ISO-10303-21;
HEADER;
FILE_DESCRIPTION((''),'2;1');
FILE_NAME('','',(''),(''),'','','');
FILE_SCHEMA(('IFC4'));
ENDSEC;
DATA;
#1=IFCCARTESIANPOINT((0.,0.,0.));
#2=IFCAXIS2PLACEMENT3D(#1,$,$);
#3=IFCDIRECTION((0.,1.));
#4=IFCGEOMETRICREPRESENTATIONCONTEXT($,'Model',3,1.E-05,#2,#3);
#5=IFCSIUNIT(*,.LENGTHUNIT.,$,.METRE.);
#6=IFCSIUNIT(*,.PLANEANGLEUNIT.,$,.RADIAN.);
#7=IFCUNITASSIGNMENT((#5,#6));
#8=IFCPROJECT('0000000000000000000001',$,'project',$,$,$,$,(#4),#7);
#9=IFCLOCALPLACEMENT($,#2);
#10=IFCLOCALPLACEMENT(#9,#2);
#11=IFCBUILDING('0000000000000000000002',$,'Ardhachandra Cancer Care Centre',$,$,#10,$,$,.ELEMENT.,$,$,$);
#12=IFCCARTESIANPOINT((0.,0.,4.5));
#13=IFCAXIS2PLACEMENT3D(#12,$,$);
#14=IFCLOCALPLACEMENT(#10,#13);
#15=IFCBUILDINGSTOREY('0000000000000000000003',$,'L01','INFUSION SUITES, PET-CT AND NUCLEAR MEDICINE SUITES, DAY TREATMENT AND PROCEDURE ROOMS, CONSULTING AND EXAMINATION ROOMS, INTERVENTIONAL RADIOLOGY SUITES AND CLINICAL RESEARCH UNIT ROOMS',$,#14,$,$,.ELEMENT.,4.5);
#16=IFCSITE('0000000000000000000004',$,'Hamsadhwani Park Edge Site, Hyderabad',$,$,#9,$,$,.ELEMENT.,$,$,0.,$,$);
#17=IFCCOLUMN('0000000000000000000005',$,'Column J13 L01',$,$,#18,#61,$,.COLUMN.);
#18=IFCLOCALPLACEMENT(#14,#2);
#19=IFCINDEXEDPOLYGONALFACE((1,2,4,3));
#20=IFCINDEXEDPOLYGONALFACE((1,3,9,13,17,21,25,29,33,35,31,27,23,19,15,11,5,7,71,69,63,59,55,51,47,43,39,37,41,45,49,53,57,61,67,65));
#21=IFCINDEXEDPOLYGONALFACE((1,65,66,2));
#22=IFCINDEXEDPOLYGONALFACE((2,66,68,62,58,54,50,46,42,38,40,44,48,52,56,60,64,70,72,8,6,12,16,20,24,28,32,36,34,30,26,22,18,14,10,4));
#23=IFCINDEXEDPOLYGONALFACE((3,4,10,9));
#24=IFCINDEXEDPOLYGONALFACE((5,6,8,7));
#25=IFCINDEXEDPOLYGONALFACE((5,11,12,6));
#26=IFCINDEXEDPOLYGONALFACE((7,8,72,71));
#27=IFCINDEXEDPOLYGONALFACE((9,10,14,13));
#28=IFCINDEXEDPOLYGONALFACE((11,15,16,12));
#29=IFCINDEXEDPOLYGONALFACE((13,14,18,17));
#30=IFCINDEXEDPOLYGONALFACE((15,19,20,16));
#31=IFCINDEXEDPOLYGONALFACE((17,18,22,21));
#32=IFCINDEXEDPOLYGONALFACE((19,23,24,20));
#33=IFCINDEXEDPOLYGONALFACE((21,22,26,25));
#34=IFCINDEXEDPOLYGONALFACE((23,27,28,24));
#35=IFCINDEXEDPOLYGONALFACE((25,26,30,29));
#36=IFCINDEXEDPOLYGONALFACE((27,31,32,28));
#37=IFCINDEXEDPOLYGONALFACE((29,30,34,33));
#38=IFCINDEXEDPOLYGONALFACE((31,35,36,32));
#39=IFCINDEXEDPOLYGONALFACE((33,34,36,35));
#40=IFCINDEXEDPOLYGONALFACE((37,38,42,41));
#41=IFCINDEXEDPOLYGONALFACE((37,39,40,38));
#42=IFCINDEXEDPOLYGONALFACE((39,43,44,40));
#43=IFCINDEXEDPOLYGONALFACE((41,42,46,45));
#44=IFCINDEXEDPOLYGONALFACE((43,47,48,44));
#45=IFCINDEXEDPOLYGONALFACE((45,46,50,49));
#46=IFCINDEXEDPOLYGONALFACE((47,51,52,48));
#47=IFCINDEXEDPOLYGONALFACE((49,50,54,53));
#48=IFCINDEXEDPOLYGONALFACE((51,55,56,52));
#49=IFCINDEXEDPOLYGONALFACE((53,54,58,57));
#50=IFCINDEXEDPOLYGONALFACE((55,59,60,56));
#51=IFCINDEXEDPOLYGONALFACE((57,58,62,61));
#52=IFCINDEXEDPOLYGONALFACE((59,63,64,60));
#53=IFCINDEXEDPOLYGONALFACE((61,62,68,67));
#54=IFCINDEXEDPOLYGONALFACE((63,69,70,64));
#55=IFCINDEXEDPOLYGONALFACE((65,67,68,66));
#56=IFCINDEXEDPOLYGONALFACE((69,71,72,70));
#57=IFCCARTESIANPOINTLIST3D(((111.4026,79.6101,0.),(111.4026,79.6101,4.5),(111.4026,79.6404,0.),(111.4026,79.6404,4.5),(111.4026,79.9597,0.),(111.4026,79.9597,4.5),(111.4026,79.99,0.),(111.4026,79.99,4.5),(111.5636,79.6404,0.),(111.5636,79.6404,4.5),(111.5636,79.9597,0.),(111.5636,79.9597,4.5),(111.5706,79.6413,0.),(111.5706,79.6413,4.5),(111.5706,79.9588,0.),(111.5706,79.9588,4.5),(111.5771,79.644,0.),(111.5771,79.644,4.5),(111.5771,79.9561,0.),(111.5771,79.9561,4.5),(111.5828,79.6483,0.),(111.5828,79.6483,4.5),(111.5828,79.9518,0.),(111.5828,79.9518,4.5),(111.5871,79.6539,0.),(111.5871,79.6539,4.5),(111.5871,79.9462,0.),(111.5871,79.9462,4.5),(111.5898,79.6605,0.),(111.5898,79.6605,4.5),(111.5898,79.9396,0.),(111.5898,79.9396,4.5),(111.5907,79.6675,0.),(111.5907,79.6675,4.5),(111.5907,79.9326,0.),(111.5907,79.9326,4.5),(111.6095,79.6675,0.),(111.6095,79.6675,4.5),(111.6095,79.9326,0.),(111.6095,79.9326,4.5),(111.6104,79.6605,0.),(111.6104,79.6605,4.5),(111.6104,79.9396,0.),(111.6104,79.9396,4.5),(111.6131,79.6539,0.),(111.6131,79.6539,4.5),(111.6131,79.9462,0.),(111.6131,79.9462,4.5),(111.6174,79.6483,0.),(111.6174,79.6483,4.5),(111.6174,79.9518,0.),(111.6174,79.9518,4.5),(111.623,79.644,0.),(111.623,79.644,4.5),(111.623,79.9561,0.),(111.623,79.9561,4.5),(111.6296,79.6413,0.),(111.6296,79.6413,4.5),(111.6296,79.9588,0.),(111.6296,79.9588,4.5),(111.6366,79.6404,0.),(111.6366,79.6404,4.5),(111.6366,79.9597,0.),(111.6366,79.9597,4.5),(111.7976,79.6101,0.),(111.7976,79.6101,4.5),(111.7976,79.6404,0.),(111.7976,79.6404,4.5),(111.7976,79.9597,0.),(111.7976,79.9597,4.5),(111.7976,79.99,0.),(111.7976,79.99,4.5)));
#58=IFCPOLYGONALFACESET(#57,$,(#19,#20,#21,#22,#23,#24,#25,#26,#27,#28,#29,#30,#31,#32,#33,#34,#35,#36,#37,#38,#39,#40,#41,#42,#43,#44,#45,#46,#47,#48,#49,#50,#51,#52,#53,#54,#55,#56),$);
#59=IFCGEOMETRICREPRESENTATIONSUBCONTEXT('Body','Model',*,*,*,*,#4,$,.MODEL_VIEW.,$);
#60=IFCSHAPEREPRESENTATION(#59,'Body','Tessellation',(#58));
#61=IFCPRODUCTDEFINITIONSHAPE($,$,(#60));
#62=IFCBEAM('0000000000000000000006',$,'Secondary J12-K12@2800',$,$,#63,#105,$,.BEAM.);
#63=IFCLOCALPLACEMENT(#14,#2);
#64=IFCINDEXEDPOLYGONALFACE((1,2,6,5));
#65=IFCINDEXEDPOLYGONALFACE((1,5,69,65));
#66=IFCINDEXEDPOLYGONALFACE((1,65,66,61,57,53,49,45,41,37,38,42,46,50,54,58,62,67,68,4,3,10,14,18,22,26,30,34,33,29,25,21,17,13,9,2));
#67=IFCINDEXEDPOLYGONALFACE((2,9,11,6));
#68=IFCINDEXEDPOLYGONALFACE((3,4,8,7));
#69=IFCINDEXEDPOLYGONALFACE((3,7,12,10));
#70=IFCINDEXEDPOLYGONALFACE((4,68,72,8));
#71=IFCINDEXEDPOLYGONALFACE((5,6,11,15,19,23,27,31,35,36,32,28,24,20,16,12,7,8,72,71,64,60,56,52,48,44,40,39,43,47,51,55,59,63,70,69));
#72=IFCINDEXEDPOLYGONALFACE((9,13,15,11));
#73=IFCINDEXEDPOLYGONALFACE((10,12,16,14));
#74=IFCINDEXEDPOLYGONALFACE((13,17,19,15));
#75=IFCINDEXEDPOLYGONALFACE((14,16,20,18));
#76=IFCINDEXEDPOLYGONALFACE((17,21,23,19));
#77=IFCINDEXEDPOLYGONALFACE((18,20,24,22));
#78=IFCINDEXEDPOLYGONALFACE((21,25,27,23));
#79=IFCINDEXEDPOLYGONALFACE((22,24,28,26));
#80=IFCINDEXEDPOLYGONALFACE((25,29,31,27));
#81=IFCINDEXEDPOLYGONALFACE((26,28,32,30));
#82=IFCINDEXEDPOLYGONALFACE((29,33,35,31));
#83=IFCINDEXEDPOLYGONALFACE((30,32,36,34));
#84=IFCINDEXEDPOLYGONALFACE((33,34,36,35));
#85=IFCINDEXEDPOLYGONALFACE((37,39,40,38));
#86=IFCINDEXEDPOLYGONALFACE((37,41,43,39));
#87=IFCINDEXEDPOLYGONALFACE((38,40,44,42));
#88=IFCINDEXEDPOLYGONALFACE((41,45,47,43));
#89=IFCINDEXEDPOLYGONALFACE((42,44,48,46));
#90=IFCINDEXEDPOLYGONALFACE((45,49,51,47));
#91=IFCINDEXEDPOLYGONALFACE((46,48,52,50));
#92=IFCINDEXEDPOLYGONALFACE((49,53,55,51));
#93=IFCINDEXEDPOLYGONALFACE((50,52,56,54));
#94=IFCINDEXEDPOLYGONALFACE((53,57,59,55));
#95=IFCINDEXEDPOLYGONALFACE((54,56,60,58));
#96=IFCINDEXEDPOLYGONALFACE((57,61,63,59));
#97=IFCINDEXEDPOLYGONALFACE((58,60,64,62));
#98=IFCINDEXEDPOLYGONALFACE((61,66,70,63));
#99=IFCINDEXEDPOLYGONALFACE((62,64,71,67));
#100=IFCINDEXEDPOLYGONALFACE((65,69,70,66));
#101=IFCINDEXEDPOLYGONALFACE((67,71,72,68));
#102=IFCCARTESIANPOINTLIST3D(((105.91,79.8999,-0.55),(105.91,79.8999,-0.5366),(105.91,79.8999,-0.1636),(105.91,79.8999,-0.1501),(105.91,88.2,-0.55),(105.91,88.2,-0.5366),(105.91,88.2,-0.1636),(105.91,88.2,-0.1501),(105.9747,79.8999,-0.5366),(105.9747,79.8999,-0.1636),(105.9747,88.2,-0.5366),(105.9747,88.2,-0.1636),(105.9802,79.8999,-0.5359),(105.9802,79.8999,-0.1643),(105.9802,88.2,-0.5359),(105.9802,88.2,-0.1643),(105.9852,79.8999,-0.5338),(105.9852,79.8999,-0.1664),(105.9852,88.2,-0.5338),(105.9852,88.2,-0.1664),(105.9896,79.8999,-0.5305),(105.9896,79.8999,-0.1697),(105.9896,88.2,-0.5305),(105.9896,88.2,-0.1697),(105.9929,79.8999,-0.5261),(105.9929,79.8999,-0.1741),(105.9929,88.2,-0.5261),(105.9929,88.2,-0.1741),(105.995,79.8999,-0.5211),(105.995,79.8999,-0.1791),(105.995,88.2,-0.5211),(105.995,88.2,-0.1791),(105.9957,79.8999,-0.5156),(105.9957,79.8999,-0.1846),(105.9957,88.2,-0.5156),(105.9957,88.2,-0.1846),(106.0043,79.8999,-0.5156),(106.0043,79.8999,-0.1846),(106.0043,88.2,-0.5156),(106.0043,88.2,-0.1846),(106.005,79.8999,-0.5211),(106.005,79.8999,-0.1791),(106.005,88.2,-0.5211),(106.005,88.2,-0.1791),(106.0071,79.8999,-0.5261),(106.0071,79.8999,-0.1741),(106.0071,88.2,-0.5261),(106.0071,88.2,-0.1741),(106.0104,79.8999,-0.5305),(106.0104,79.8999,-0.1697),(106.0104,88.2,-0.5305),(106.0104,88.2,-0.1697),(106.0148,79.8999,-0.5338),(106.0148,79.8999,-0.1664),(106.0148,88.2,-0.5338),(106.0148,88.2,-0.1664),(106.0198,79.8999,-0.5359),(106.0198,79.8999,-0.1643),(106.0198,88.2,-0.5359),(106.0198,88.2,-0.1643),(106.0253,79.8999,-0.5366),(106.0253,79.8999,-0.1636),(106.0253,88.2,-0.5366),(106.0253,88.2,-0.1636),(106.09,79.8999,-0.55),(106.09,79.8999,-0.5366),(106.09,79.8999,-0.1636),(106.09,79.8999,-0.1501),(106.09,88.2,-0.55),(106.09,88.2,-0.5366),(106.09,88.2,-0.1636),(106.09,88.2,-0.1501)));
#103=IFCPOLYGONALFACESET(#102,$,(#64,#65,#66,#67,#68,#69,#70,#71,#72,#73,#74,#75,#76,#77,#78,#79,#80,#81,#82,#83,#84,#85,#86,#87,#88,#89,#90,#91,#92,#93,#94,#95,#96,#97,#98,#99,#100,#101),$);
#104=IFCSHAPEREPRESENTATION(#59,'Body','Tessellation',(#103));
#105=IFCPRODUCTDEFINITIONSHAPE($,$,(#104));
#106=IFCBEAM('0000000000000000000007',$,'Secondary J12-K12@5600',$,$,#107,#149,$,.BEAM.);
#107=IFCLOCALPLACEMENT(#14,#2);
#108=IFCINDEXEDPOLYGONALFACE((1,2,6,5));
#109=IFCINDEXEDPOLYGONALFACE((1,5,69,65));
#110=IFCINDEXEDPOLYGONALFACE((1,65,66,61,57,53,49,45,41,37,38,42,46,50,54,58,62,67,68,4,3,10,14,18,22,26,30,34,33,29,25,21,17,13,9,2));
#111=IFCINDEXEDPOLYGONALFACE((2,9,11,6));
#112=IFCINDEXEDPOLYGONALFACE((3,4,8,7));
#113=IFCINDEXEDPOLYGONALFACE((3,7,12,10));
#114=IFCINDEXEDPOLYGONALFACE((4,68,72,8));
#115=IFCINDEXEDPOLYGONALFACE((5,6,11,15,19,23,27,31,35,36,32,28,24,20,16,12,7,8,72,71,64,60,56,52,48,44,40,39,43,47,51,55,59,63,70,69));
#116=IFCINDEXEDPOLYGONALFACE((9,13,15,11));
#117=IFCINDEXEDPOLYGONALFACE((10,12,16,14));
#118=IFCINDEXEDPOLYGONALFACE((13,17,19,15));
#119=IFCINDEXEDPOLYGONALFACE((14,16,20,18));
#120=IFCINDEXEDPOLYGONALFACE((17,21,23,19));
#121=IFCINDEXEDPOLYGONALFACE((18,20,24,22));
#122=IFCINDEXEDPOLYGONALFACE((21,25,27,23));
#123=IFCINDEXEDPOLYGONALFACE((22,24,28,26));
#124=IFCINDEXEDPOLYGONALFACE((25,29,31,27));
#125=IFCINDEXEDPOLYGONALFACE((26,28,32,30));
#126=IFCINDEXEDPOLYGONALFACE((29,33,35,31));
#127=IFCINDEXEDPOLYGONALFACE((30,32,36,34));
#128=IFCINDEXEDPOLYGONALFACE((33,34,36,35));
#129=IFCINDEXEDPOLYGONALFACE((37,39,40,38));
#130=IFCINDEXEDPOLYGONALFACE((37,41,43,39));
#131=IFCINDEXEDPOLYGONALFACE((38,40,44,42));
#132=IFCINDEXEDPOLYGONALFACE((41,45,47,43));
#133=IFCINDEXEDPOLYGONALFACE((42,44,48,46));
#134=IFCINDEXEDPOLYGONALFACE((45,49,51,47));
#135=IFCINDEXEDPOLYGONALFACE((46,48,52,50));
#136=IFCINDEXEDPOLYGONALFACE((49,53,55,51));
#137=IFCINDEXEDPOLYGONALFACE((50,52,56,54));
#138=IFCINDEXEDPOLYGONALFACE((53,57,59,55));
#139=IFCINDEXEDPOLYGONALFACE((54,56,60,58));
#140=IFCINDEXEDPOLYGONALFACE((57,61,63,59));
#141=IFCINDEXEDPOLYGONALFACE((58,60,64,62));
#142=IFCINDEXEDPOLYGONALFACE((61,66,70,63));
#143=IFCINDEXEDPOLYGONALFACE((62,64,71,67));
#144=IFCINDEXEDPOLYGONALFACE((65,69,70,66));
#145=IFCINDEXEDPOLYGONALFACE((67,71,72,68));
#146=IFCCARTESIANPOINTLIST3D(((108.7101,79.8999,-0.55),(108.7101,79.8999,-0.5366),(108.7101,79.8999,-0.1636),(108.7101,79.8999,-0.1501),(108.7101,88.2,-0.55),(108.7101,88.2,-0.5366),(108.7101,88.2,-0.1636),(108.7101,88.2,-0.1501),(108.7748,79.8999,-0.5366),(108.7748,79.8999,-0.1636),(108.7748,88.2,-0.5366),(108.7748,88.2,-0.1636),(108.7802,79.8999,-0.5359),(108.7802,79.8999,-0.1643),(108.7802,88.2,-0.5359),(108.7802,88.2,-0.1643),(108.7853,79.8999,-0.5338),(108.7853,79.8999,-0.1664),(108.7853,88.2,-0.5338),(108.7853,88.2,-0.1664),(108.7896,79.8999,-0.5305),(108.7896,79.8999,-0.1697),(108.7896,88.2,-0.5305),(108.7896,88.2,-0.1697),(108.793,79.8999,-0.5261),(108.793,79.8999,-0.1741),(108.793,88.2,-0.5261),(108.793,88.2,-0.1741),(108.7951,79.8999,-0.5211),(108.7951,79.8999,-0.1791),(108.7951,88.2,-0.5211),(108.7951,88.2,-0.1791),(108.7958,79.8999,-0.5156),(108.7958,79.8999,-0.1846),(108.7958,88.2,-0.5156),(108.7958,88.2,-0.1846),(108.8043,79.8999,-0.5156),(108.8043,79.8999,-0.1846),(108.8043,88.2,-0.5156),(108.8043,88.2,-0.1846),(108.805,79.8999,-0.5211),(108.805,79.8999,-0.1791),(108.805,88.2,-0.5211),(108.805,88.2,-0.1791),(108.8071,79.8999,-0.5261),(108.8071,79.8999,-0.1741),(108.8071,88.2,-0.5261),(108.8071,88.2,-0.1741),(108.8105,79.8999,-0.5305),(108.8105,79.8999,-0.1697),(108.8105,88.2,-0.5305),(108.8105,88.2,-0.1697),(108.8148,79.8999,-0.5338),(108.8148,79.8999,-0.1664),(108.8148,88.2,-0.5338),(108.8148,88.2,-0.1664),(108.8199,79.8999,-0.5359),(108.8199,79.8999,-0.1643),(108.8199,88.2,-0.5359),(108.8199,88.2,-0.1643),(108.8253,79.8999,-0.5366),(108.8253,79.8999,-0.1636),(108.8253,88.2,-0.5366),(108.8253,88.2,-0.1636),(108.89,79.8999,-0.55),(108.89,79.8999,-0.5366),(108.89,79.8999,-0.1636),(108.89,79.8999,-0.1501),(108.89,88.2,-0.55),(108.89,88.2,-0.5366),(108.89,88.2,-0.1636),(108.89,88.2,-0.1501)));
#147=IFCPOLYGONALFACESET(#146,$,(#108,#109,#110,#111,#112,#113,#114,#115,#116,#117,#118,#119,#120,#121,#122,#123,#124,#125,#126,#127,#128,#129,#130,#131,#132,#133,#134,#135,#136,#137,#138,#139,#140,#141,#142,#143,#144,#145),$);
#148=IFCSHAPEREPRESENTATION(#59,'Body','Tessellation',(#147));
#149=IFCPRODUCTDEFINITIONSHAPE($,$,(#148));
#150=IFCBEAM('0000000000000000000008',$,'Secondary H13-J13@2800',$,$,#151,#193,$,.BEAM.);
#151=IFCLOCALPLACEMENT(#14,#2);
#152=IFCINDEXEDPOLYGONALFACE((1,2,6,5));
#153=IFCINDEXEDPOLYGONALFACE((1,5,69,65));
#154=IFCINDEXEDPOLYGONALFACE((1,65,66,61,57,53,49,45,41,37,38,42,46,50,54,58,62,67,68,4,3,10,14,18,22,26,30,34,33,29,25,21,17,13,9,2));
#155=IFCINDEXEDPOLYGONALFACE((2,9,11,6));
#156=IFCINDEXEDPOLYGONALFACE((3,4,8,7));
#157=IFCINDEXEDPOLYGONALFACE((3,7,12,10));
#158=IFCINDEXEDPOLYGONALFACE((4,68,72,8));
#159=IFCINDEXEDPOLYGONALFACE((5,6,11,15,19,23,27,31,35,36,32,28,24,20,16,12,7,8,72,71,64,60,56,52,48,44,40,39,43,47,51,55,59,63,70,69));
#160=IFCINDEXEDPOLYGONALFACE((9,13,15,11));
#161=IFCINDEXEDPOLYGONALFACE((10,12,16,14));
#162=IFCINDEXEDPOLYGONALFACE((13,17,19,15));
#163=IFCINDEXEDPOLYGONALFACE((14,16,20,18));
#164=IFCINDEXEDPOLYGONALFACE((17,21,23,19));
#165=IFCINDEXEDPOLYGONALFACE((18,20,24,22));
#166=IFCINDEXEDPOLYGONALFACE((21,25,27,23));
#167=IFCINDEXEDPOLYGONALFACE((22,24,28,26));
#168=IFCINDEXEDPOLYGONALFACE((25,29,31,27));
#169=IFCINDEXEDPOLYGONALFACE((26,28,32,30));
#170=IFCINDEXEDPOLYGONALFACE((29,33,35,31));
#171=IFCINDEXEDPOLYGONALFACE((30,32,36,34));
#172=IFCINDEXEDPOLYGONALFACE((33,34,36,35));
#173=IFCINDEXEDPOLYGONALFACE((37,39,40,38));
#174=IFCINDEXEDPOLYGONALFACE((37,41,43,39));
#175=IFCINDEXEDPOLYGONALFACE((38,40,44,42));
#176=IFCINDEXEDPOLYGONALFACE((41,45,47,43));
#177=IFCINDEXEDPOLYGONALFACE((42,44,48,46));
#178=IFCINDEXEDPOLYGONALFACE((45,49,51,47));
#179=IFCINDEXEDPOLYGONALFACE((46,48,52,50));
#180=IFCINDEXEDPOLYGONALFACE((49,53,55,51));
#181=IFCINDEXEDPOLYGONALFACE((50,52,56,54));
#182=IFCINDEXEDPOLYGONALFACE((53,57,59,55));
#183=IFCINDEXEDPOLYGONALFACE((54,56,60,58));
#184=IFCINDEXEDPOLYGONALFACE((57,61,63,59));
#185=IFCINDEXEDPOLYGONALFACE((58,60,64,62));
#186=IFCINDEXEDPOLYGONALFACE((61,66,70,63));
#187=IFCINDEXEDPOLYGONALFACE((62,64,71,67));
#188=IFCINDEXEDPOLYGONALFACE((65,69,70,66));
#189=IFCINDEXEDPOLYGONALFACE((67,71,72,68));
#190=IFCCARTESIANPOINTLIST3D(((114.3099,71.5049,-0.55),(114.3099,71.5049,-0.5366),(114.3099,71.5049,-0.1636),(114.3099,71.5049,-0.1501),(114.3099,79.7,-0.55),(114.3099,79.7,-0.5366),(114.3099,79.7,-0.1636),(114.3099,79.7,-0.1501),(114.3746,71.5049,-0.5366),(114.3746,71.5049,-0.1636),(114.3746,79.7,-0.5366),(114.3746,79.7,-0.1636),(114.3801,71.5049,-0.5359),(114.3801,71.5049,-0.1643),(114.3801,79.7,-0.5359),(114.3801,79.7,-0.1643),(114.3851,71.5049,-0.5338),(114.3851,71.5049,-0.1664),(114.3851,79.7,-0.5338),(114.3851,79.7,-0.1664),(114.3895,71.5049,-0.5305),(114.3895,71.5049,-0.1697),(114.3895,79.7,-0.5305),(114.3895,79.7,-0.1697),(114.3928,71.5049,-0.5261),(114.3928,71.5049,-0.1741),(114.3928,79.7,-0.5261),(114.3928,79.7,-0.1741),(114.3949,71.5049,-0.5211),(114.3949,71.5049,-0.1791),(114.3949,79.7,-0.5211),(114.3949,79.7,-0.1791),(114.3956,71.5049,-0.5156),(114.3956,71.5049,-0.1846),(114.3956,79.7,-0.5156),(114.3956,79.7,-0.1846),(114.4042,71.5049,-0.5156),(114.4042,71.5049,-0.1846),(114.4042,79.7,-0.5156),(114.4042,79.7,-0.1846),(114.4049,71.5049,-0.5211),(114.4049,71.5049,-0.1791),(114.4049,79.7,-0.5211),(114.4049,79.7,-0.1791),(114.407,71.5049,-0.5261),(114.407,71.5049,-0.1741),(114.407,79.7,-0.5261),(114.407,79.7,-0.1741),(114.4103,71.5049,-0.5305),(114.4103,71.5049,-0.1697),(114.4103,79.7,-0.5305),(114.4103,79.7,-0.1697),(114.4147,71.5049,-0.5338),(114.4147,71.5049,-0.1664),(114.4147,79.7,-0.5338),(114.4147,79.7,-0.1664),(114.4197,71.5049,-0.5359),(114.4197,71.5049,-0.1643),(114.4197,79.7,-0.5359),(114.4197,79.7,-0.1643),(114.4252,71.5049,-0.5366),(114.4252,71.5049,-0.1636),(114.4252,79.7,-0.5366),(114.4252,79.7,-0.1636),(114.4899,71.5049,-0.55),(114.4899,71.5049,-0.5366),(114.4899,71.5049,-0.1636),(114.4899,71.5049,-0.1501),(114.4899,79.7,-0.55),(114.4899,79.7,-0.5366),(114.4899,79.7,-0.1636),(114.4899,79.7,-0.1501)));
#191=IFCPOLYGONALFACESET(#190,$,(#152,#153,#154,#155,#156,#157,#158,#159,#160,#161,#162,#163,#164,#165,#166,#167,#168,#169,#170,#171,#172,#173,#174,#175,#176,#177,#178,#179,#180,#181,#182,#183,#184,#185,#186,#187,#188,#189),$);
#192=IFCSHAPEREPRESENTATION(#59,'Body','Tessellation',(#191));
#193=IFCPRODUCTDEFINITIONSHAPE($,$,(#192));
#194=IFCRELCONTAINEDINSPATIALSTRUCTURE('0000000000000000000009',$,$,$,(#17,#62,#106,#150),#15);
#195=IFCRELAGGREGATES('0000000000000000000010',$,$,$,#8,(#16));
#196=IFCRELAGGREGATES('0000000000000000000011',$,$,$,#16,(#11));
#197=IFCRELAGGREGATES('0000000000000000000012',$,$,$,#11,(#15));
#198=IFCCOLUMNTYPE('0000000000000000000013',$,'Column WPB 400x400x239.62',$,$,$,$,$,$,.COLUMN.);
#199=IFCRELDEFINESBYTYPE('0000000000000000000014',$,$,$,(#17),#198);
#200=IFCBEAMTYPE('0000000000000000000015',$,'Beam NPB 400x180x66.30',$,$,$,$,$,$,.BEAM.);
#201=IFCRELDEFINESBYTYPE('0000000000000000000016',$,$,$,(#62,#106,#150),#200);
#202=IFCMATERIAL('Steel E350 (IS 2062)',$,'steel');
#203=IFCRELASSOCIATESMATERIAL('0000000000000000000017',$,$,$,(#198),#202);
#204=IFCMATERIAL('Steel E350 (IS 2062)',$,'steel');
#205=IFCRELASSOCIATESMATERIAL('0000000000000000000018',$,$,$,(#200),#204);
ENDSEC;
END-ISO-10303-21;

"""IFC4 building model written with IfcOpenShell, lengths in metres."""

from ifc_helpers import new_model, si_unit, direction, frame, origin, origin_2d, place, context, subcontext, project, spatial, i_section, extrude, material, material_profile, profile_set, type_object, element, save


model = new_model("IFC4")

# Units and contexts
model_context = context("Model", 3, precision=1e-05, world=origin(), true_north=direction((0.0, 1.0)))
body_context = subcontext(model_context, "Body", "Model", "MODEL_VIEW")
ifc_project = project(units=[si_unit("LENGTHUNIT", "METRE"), si_unit("PLANEANGLEUNIT", "RADIAN")], contexts=[model_context])

# Site, building, storey
site_placement = place(None, origin())
site = spatial("IfcSite", under=ifc_project, at=site_placement, Name="Hamsadhwani Park Edge Site, Hyderabad", CompositionType="ELEMENT", RefElevation=0.0)
building_placement = place(site_placement, origin())
building = spatial("IfcBuilding", under=site, at=building_placement, Name="Ardhachandra Cancer Care Centre", CompositionType="ELEMENT")
storey_placement = place(building_placement, frame((0.0, 0.0, 4.5)))
storey = spatial("IfcBuildingStorey", under=building, at=storey_placement, Name="L01", Description="INFUSION SUITES, PET-CT AND NUCLEAR MEDICINE SUITES, DAY TREATMENT AND PROCEDURE ROOMS, CONSULTING AND EXAMINATION ROOMS, INTERVENTIONAL RADIOLOGY SUITES AND CLINICAL RESEARCH UNIT ROOMS", CompositionType="ELEMENT", Elevation=4.5)

# Column
ifc_material_1 = material(Name="Steel E350 (IS 2062)", Category="steel")
ifc_material_profile_1 = material_profile(ifc_material_1, i_section(OverallWidth=0.395, OverallDepth=0.3799, WebThickness=0.0188, FlangeThickness=0.0303, FilletRadius=0.0271, at=origin_2d()), Name="WPB 400x400x239.62")
ifc_profile_set_1 = profile_set([ifc_material_profile_1], Name="Steel E350 (IS 2062)")
column_type = type_object("IfcColumnType", Name="Column WPB 400x400x239.62", PredefinedType="COLUMN", material=ifc_profile_set_1)
column_placement = place(storey_placement, frame((111.6001, 79.8, 0.0), z_axis=(0.0, 0.0, 1.0), x_axis=(1.0, 0.0, 0.0)))
element("IfcColumn", 1, at=column_placement, inside=storey, type_object=column_type, Name="Column J13 L01", PredefinedType="COLUMN", context=body_context, shape_type="SweptSolid", body=[
    extrude(i_section(OverallWidth=0.395, OverallDepth=0.3799, WebThickness=0.0188, FlangeThickness=0.0303, FilletRadius=0.0271, at=origin_2d()), origin(), (0.0, 0.0, 1.0), 4.5),
])

# Beams
ifc_material_2 = material(Name="Steel E350 (IS 2062)", Category="steel")
ifc_material_profile_2 = material_profile(ifc_material_2, i_section(OverallWidth=0.1799, OverallDepth=0.3999, WebThickness=0.0085, FlangeThickness=0.0134, FilletRadius=0.021, at=origin_2d()), Name="NPB 400x180x66.30")
ifc_profile_set_2 = profile_set([ifc_material_profile_2], Name="Steel E350 (IS 2062)")
beam_type_1 = type_object("IfcBeamType", Name="Beam NPB 400x180x66.30", PredefinedType="BEAM", material=ifc_profile_set_2)
for number, where, z_axis, x_axis, name in (
    (2, (106.0, 79.8999, -0.3501), (0.0, 1.0, 0.0), (-1.0, 0.0, 0.0), "Secondary J12-K12@2800"),
    (3, (108.8, 79.8999, -0.3501), (0.0, 1.0, 0.0), (-1.0, 0.0, 0.0), "Secondary J12-K12@5600"),
):
    element("IfcBeam", number, at=place(storey_placement, frame(where, z_axis=z_axis, x_axis=x_axis)), inside=storey, type_object=beam_type_1, Name=name, PredefinedType="BEAM", context=body_context, shape_type="SweptSolid", body=[
        extrude(i_section(OverallWidth=0.1799, OverallDepth=0.3999, WebThickness=0.0085, FlangeThickness=0.0134, FilletRadius=0.021, at=origin_2d()), origin(), (0.0, 0.0, 1.0), 8.3),
    ])
for number, where, z_axis, x_axis, name in (
    (4, (114.3999, 71.5049, -0.3501), (0.0, 1.0, 0.0), (-1.0, 0.0, 0.0), "Secondary H13-J13@2800"),
):
    element("IfcBeam", number, at=place(storey_placement, frame(where, z_axis=z_axis, x_axis=x_axis)), inside=storey, type_object=beam_type_1, Name=name, PredefinedType="BEAM", context=body_context, shape_type="SweptSolid", body=[
        extrude(i_section(OverallWidth=0.1799, OverallDepth=0.3999, WebThickness=0.0085, FlangeThickness=0.0134, FilletRadius=0.021, at=origin_2d()), origin(), (0.0, 0.0, 1.0), 8.1951),
    ])

save(model, "model.ifc")
